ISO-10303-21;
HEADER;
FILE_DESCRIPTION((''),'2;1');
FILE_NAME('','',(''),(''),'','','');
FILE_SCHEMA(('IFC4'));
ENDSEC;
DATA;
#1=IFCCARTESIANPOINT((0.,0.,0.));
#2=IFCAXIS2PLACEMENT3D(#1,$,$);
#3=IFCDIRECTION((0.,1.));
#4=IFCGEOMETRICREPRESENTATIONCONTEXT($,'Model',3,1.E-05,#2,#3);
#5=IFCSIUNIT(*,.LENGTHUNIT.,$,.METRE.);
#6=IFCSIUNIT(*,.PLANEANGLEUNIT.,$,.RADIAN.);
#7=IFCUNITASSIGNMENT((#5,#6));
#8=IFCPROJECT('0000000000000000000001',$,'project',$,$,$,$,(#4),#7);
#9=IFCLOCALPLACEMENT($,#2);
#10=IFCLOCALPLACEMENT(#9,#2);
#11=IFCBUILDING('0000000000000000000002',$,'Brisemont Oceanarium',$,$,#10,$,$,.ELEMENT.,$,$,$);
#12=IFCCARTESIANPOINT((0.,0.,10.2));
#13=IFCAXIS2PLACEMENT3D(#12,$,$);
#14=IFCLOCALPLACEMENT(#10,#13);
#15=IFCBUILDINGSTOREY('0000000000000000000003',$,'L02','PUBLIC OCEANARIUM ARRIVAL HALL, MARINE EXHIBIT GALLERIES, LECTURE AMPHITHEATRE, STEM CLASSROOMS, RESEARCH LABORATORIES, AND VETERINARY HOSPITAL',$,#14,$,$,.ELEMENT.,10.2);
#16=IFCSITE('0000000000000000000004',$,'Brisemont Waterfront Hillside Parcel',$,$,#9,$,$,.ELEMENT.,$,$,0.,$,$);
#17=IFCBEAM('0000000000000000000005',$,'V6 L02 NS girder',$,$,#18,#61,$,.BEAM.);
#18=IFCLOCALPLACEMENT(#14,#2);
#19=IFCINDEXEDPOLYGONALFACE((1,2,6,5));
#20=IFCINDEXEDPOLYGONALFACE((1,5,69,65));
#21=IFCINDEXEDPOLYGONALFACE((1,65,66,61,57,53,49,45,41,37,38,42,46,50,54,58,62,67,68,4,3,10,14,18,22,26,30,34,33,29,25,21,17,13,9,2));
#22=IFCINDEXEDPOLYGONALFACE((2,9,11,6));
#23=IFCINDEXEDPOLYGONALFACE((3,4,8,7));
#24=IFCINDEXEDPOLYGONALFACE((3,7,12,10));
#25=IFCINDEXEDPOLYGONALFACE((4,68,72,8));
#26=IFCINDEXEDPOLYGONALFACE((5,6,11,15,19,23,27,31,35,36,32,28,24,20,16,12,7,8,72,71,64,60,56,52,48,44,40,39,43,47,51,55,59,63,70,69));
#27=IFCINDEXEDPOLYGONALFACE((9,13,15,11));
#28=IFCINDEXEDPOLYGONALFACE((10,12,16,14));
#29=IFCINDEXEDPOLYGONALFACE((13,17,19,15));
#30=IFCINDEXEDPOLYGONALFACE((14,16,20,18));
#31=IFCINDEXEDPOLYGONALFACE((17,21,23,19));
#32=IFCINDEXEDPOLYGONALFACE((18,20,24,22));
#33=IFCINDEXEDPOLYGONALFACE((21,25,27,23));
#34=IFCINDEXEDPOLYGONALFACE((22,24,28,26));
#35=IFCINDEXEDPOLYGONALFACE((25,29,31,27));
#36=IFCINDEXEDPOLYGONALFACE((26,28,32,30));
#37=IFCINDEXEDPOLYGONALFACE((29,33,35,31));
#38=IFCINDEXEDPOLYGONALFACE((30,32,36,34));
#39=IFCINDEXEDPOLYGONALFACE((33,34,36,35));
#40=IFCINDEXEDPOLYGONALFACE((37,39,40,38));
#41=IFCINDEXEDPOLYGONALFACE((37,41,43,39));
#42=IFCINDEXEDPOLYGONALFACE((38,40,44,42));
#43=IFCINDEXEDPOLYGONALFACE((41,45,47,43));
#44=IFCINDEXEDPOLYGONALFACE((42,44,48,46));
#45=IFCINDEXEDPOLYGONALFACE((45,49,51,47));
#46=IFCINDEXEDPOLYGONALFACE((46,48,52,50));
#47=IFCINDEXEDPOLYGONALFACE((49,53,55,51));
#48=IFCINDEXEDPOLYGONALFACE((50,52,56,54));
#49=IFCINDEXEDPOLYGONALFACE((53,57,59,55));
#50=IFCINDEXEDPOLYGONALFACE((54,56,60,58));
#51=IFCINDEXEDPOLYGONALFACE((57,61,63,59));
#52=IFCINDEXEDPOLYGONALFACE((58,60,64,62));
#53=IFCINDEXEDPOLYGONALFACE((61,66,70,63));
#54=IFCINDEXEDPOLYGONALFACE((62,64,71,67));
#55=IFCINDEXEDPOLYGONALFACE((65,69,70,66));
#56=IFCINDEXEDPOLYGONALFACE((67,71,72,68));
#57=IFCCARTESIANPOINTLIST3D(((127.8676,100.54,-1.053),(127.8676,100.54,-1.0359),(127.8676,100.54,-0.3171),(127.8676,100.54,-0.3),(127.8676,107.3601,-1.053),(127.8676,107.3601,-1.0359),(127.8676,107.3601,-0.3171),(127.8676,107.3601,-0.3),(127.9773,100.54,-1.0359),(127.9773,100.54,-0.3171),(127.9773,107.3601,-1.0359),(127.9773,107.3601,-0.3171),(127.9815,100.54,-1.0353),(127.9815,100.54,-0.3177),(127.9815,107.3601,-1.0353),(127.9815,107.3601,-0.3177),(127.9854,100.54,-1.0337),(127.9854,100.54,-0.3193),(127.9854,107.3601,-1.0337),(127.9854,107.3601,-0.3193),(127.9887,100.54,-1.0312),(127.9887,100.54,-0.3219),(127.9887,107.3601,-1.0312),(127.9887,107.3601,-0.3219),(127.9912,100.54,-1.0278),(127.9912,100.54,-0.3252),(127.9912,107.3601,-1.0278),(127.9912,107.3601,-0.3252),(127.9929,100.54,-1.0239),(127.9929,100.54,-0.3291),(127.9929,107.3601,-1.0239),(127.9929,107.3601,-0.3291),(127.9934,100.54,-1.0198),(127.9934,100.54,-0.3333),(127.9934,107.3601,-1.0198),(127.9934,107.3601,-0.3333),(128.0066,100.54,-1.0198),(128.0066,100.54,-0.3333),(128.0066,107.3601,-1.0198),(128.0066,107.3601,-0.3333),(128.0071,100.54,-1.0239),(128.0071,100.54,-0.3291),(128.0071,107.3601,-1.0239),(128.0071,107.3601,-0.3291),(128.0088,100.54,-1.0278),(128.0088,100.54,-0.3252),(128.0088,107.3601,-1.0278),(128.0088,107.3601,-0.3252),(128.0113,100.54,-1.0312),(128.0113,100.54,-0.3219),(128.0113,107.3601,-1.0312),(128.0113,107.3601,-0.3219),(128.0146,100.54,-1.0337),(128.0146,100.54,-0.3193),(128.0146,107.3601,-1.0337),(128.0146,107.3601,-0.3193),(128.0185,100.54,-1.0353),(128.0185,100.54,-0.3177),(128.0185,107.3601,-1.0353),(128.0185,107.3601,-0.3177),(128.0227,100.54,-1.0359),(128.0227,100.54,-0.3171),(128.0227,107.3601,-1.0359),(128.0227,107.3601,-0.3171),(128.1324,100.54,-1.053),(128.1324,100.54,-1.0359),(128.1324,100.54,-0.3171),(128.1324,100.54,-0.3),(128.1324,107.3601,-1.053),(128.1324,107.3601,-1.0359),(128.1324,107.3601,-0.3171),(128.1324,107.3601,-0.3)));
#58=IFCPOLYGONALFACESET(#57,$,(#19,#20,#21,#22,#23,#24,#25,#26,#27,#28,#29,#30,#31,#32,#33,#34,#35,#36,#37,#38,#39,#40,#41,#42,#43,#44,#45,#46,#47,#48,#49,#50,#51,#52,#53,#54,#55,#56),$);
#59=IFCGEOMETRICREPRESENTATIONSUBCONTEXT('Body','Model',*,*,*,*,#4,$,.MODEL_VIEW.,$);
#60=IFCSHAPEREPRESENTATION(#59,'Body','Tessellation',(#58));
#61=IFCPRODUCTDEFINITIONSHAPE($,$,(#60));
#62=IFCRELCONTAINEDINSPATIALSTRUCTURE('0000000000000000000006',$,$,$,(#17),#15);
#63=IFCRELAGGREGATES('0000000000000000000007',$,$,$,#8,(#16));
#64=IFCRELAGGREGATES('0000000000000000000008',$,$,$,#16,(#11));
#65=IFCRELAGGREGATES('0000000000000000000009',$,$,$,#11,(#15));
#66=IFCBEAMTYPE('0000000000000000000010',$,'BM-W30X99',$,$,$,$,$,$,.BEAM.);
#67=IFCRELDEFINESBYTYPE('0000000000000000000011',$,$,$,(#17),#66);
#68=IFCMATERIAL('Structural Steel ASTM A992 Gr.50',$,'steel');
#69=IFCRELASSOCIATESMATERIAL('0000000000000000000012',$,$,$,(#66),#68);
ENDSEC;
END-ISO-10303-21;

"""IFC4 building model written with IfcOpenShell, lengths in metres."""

from ifc_helpers import new_model, si_unit, direction, frame, origin, origin_2d, place, context, subcontext, project, spatial, i_section, extrude, material, material_profile, profile_set, type_object, element, save


model = new_model("IFC4")

# Units and contexts
model_context = context("Model", 3, precision=1e-05, world=origin(), true_north=direction((0.0, 1.0)))
body_context = subcontext(model_context, "Body", "Model", "MODEL_VIEW")
ifc_project = project(units=[si_unit("LENGTHUNIT", "METRE"), si_unit("PLANEANGLEUNIT", "RADIAN")], contexts=[model_context])

# Site, building, storey
site_placement = place(None, origin())
site = spatial("IfcSite", under=ifc_project, at=site_placement, Name="Brisemont Waterfront Hillside Parcel", CompositionType="ELEMENT", RefElevation=0.0)
building_placement = place(site_placement, origin())
building = spatial("IfcBuilding", under=site, at=building_placement, Name="Brisemont Oceanarium", CompositionType="ELEMENT")
storey_placement = place(building_placement, frame((0.0, 0.0, 10.2)))
storey = spatial("IfcBuildingStorey", under=building, at=storey_placement, Name="L02", Description="PUBLIC OCEANARIUM ARRIVAL HALL, MARINE EXHIBIT GALLERIES, LECTURE AMPHITHEATRE, STEM CLASSROOMS, RESEARCH LABORATORIES, AND VETERINARY HOSPITAL", CompositionType="ELEMENT", Elevation=10.2)

# Beam
ifc_material_1 = material(Name="Structural Steel ASTM A992 Gr.50", Category="steel")
ifc_material_profile_1 = material_profile(ifc_material_1, i_section(OverallWidth=0.2649, OverallDepth=0.7529, WebThickness=0.0132, FlangeThickness=0.0171, FilletRadius=0.0161, at=origin_2d()), Name="W30X99")
ifc_profile_set_1 = profile_set([ifc_material_profile_1], Name="Structural Steel ASTM A992 Gr.50")
beam_type_1 = type_object("IfcBeamType", Name="BM-W30X99", PredefinedType="BEAM", material=ifc_profile_set_1)
beam_1_placement = place(storey_placement, frame((128.0, 100.54, -0.6765), z_axis=(0.0, 1.0, 0.0), x_axis=(-1.0, 0.0, 0.0)))
element("IfcBeam", 1, at=beam_1_placement, inside=storey, type_object=beam_type_1, Name="V6 L02 NS girder", PredefinedType="BEAM", context=body_context, shape_type="SweptSolid", body=[
    extrude(i_section(OverallWidth=0.2649, OverallDepth=0.7529, WebThickness=0.0132, FlangeThickness=0.0171, FilletRadius=0.0161, at=origin_2d()), origin(), (0.0, 0.0, 1.0), 6.8201),
])

save(model, "model.ifc")
